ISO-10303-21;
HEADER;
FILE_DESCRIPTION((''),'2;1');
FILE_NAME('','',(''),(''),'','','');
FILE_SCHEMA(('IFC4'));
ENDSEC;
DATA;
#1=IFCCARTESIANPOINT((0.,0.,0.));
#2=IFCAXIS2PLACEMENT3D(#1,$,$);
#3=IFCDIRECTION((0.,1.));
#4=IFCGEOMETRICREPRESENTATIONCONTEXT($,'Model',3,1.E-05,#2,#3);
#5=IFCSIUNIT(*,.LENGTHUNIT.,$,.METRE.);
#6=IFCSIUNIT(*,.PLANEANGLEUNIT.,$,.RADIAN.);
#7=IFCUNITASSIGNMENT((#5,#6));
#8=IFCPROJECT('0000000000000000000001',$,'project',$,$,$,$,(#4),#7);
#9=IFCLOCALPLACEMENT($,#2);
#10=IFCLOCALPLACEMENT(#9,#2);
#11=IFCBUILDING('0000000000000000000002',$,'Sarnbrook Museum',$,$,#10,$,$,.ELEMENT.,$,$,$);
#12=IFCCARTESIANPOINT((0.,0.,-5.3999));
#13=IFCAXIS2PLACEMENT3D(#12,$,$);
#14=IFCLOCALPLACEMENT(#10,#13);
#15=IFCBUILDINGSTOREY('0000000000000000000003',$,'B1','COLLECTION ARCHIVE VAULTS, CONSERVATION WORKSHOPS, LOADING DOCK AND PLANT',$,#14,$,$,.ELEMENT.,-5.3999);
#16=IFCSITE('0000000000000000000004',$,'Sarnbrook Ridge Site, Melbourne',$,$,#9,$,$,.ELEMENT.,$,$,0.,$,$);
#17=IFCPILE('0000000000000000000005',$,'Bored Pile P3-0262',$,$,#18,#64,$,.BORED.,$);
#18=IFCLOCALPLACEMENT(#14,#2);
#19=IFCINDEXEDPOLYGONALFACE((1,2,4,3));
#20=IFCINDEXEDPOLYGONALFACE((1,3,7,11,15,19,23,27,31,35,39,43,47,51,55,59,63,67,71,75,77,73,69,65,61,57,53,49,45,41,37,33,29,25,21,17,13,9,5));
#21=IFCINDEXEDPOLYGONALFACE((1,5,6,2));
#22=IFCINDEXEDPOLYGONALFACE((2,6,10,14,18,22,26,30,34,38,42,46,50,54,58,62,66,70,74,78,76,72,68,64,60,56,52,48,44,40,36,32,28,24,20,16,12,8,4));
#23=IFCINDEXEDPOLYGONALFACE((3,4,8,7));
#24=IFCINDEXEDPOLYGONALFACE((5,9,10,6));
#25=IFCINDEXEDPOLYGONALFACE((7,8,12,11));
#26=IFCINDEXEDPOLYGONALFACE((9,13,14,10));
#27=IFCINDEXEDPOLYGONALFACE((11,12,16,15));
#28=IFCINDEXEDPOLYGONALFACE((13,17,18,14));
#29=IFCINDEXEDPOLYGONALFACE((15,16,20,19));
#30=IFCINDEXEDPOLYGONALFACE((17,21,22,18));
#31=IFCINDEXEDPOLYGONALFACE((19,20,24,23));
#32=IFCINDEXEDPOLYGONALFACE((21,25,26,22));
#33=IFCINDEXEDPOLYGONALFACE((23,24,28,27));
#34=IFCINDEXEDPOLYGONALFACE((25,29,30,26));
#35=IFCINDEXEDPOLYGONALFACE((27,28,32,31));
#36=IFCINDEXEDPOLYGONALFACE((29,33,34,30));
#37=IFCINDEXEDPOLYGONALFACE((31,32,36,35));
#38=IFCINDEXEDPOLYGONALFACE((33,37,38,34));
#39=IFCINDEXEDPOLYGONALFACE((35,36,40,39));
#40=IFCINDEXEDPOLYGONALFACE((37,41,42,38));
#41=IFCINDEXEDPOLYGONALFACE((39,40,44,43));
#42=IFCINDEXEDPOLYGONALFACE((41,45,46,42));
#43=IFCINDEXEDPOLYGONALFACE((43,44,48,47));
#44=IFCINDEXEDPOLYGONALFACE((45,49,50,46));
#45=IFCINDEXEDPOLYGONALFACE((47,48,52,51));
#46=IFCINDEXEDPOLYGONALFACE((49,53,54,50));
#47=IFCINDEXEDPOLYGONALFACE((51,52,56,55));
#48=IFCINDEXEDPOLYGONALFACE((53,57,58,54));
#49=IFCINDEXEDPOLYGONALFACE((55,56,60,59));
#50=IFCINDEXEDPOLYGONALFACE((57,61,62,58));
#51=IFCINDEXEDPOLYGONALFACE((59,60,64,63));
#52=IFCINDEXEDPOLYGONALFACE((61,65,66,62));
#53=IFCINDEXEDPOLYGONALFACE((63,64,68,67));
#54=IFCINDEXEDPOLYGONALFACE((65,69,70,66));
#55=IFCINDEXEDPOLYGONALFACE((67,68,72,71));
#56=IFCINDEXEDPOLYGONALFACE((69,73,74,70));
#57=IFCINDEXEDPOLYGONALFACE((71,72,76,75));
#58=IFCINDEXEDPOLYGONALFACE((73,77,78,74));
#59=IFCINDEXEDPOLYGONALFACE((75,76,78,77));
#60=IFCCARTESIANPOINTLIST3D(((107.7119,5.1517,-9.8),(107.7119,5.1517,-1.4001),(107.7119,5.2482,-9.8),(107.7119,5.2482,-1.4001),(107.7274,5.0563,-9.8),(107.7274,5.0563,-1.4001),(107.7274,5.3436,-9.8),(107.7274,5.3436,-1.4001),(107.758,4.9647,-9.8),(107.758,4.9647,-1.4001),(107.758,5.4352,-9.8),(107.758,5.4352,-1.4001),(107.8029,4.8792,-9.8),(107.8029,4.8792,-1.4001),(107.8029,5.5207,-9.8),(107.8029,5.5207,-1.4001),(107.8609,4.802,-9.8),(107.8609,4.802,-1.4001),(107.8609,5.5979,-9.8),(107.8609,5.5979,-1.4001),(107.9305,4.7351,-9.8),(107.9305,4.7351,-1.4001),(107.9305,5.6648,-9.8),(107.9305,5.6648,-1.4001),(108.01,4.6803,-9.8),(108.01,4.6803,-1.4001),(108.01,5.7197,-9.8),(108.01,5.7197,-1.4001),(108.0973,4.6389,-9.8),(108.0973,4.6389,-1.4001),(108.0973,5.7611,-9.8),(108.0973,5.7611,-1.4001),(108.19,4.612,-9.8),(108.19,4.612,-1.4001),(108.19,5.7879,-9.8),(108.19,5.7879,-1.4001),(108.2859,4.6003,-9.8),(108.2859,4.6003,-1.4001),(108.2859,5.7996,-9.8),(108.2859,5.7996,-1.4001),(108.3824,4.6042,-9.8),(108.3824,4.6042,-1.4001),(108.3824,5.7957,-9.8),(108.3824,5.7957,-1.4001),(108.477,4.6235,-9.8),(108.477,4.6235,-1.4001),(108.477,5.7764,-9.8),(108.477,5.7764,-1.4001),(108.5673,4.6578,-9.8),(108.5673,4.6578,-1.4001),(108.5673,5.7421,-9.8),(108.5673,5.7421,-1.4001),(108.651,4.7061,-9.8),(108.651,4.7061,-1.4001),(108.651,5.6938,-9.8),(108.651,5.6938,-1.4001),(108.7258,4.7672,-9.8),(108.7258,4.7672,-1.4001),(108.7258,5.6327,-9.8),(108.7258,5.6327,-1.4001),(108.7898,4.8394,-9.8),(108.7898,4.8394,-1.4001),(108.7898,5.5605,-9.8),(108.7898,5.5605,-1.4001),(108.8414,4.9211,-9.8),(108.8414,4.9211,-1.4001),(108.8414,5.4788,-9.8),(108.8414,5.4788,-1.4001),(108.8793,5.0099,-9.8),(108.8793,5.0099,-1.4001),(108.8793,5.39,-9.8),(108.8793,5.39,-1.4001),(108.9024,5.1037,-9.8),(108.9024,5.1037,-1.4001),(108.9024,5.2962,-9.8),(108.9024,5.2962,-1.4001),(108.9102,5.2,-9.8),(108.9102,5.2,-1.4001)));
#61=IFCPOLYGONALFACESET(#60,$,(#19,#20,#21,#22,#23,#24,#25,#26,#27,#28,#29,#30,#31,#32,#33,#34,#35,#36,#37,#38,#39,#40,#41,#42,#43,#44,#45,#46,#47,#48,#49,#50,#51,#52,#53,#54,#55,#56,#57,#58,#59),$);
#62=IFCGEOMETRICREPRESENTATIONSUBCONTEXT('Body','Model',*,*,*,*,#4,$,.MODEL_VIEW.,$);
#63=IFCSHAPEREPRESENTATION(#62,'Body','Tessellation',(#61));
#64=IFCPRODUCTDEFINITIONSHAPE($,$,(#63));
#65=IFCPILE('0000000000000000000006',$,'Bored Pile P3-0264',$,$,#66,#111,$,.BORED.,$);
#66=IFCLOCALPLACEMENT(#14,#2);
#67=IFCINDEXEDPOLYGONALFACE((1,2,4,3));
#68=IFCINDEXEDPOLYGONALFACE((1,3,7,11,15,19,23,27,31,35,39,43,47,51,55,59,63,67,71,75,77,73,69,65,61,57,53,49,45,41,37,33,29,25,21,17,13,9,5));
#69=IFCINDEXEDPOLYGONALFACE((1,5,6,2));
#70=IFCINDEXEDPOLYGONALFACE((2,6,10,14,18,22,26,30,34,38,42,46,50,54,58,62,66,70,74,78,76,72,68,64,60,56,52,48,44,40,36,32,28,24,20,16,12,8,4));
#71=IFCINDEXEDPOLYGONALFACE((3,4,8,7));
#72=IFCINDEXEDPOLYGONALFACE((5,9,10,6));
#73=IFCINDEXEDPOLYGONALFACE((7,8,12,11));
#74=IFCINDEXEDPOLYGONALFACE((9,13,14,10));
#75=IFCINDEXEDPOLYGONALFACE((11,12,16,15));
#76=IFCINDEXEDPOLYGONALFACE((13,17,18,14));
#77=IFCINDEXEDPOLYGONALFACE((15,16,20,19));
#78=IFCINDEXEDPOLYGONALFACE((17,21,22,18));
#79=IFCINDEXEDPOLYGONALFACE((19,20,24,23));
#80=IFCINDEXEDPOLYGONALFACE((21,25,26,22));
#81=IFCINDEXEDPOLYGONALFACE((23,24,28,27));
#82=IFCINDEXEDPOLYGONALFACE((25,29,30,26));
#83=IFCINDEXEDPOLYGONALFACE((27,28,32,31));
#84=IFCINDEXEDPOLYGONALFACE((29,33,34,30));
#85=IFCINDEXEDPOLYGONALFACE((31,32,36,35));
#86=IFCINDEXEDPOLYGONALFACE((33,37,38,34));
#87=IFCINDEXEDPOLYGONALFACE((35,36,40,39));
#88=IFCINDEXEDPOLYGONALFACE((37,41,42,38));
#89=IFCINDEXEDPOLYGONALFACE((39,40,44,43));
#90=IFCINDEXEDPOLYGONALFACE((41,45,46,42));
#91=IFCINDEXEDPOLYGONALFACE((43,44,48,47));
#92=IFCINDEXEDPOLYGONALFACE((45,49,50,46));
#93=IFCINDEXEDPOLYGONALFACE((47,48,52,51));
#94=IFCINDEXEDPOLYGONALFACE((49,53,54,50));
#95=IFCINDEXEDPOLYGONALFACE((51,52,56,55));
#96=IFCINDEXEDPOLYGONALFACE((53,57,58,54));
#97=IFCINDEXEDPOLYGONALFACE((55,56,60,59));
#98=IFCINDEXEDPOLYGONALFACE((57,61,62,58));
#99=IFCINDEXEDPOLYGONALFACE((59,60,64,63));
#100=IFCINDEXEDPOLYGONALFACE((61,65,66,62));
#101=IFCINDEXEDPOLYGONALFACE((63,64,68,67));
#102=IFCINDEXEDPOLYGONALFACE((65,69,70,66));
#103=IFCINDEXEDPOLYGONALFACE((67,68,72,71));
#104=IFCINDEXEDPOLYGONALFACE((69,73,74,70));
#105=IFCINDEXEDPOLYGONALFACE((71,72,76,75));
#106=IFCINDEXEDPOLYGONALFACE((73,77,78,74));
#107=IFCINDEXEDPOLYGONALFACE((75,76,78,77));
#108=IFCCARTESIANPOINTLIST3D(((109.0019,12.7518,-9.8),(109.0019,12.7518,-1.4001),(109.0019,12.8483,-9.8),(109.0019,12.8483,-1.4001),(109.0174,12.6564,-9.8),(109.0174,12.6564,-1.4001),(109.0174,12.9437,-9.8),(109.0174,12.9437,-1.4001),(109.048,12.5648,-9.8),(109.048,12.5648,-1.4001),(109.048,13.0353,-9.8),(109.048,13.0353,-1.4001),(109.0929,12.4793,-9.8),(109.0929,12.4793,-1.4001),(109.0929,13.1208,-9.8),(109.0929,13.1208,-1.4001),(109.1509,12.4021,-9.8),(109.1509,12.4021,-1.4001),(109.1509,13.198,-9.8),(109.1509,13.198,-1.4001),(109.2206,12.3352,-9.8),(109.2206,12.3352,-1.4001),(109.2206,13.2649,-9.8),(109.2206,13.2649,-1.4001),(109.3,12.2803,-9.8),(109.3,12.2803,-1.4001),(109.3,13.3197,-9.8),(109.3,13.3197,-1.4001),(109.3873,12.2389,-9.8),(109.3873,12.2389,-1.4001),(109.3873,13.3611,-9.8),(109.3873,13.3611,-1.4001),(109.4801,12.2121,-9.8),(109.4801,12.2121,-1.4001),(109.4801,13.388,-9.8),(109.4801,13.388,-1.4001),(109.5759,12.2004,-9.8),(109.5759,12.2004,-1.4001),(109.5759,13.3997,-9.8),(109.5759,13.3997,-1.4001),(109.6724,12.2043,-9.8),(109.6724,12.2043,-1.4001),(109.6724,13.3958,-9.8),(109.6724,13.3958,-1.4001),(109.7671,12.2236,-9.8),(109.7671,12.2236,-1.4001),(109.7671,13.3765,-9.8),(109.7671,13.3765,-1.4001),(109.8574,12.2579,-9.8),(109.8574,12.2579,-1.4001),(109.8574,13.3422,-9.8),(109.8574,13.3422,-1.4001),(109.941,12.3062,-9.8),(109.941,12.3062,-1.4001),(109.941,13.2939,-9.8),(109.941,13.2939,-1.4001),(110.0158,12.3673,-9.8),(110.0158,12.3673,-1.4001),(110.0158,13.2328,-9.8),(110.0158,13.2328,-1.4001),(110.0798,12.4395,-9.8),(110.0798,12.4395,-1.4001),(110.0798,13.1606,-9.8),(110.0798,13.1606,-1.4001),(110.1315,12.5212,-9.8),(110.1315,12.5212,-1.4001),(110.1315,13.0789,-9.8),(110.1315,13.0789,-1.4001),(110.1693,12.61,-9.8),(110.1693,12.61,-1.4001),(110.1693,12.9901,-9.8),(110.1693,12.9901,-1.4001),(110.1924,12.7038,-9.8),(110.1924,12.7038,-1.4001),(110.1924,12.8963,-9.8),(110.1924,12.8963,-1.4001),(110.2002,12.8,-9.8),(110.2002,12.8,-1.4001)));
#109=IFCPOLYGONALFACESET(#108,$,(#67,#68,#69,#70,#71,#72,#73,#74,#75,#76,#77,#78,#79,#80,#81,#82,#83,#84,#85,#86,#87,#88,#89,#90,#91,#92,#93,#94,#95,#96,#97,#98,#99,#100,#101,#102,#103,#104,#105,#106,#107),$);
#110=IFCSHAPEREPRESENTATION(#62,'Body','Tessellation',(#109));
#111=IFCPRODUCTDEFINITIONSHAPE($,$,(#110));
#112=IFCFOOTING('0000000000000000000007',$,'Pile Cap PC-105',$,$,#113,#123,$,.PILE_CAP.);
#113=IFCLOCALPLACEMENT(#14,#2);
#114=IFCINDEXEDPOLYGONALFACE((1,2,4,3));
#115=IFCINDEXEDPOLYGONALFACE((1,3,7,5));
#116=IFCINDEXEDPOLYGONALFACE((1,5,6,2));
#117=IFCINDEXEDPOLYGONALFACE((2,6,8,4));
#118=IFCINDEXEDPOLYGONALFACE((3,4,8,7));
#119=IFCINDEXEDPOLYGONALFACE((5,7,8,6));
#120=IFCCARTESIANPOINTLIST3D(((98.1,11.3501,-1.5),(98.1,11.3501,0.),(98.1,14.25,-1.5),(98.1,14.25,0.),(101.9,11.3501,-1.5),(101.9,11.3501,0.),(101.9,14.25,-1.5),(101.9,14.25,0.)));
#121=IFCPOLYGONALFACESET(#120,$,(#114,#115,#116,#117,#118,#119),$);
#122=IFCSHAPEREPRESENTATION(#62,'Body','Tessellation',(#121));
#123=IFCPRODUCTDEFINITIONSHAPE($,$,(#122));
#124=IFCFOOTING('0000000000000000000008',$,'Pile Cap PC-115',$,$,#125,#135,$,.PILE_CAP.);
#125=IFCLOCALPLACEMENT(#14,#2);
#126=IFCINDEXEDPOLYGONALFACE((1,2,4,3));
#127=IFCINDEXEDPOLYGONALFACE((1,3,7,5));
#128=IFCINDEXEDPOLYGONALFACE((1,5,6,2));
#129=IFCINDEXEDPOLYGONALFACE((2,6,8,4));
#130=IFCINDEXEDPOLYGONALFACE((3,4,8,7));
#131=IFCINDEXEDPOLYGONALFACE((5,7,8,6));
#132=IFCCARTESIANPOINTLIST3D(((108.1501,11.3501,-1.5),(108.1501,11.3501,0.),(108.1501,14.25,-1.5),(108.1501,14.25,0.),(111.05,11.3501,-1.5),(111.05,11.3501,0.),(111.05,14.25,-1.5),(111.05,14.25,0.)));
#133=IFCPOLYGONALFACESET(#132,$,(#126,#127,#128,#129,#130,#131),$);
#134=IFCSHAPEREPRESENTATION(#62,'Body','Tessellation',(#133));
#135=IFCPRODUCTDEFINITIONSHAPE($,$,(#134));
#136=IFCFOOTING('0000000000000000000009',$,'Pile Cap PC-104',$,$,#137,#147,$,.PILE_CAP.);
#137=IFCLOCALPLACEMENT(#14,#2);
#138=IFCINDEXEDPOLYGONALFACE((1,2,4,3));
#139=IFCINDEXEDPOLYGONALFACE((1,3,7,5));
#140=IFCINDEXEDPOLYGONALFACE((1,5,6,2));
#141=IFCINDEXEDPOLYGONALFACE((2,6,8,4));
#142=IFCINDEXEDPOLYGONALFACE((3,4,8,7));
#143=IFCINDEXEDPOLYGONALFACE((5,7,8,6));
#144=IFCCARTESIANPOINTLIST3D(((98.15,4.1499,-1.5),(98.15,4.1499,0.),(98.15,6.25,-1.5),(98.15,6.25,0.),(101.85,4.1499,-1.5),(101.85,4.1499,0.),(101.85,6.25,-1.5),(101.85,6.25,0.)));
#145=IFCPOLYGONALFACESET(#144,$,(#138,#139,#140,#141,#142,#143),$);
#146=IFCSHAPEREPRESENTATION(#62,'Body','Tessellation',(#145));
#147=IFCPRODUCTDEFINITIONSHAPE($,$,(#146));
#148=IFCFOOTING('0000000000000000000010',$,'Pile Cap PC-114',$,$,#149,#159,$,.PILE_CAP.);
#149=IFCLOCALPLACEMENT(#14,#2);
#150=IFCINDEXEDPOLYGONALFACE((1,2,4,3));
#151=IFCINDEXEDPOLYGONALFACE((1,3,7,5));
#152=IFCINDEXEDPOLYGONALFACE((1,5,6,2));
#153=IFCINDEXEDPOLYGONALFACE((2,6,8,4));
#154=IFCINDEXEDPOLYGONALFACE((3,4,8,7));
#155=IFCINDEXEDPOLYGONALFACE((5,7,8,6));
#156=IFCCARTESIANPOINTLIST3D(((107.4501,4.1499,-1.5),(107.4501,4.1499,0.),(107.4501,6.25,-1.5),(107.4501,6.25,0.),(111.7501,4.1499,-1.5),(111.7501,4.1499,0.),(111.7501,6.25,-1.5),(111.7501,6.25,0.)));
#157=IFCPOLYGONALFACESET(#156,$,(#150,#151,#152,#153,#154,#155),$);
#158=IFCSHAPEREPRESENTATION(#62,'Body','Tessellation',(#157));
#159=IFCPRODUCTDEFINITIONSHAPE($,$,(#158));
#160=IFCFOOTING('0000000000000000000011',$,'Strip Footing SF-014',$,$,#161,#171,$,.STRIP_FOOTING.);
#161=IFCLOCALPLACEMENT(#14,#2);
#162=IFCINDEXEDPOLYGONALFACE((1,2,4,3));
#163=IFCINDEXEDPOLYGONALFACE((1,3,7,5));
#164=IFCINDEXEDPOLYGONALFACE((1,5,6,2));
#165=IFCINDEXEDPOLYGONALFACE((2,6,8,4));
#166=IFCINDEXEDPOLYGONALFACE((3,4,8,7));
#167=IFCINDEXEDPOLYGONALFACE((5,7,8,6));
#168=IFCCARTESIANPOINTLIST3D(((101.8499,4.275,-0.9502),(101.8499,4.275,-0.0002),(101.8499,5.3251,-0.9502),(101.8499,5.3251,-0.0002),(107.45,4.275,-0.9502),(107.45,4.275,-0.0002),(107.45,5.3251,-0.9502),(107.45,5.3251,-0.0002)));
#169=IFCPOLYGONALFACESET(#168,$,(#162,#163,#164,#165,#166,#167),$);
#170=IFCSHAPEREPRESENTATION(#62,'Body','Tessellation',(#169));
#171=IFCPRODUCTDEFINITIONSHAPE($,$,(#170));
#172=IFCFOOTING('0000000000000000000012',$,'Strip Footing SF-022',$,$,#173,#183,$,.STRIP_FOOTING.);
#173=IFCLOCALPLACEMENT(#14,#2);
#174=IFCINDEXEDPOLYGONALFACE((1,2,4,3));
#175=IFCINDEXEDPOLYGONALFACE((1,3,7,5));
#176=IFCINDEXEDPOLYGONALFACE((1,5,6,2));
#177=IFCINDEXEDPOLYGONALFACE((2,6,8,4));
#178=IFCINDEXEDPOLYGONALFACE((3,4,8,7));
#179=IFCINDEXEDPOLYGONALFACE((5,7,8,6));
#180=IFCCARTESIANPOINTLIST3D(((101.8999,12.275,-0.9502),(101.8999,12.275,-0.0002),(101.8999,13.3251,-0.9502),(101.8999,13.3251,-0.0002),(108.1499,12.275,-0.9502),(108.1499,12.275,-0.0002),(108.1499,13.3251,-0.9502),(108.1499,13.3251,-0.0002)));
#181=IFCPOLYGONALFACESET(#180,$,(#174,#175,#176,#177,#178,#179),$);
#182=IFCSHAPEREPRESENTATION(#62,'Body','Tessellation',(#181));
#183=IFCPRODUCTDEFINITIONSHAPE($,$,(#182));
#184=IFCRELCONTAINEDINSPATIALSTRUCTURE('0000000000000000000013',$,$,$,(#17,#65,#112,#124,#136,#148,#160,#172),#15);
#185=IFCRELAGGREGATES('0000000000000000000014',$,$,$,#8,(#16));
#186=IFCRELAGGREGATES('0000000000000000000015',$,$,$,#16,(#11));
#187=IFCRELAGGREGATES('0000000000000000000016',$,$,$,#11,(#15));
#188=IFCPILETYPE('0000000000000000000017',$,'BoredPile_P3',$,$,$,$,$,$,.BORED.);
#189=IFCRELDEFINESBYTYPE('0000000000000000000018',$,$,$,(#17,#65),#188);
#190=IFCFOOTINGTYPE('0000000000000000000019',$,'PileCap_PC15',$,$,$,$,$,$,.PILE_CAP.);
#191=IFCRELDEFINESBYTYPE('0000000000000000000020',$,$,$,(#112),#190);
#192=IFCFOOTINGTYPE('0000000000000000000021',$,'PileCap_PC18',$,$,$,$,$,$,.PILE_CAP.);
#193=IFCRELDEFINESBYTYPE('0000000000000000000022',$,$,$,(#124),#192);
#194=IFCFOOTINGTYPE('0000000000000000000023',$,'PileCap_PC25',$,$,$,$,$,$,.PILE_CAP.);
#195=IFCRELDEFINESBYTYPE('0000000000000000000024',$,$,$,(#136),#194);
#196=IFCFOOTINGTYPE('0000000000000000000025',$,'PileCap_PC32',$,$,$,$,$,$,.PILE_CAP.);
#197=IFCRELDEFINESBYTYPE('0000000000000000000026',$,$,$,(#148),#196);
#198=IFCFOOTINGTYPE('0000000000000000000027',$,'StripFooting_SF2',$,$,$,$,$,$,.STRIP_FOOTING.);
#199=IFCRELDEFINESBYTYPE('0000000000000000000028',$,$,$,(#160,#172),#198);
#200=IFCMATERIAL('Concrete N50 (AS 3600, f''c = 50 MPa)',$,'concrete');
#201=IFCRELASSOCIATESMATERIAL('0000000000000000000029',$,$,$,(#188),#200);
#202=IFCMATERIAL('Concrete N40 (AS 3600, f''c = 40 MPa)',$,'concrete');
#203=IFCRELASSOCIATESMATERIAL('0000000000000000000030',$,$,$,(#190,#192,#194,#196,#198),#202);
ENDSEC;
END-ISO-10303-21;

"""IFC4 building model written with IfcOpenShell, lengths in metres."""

from ifc_helpers import new_model, si_unit, direction, frame, origin, origin_2d, place, context, subcontext, project, spatial, rectangle, circle, extrude, material, material_profile, profile_set, type_object, element, save


model = new_model("IFC4")

# Units and contexts
model_context = context("Model", 3, precision=1e-05, world=origin(), true_north=direction((0.0, 1.0)))
body_context = subcontext(model_context, "Body", "Model", "MODEL_VIEW")
ifc_project = project(units=[si_unit("LENGTHUNIT", "METRE"), si_unit("PLANEANGLEUNIT", "RADIAN")], contexts=[model_context])

# Site, building, storey
site_placement = place(None, origin())
site = spatial("IfcSite", under=ifc_project, at=site_placement, Name="Sarnbrook Ridge Site, Melbourne", CompositionType="ELEMENT", RefElevation=0.0)
building_placement = place(site_placement, origin())
building = spatial("IfcBuilding", under=site, at=building_placement, Name="Sarnbrook Museum", CompositionType="ELEMENT")
storey_placement = place(building_placement, frame((0.0, 0.0, -5.3999)))
storey = spatial("IfcBuildingStorey", under=building, at=storey_placement, Name="B1", Description="COLLECTION ARCHIVE VAULTS, CONSERVATION WORKSHOPS, LOADING DOCK AND PLANT", CompositionType="ELEMENT", Elevation=-5.3999)

# Piles
ifc_material_1 = material(Name="Concrete N50 (AS 3600, f'c = 50 MPa)", Category="concrete")
ifc_material_profile_1 = material_profile(ifc_material_1, circle(Radius=0.6001, at=origin_2d()), Name="BORED PILE D1200")
ifc_profile_set_1 = profile_set([ifc_material_profile_1], Name="Concrete N50 (AS 3600, f'c = 50 MPa)")
pile_type_1 = type_object("IfcPileType", Name="BoredPile_P3", PredefinedType="BORED", material=ifc_profile_set_1)
for number, where, z_axis, x_axis, name in (
    (1, (108.3101, 5.2, -1.4001), (0.0, 0.0, -1.0), (1.0, 0.0, 0.0), "Bored Pile P3-0262"),
    (2, (109.6001, 12.8, -1.4001), (0.0, 0.0, -1.0), (1.0, 0.0, 0.0), "Bored Pile P3-0264"),
):
    element("IfcPile", number, at=place(storey_placement, frame(where, z_axis=z_axis, x_axis=x_axis)), inside=storey, type_object=pile_type_1, Name=name, PredefinedType="BORED", context=body_context, shape_type="SweptSolid", body=[
        extrude(circle(Radius=0.6001, at=origin_2d()), origin(), (0.0, 0.0, 1.0), 8.3999),
    ])

# Footings
ifc_material_2 = material(Name="Concrete N40 (AS 3600, f'c = 40 MPa)", Category="concrete")
footing_type_1 = type_object("IfcFootingType", Name="PileCap_PC15", PredefinedType="PILE_CAP", material=ifc_material_2)
footing_1_placement = place(storey_placement, frame((100.0, 12.8, -1.5), z_axis=(0.0, 0.0, 1.0), x_axis=(1.0, 0.0, 0.0)))
element("IfcFooting", 3, at=footing_1_placement, inside=storey, type_object=footing_type_1, Name="Pile Cap PC-105", PredefinedType="PILE_CAP", context=body_context, shape_type="SweptSolid", body=[
    extrude(rectangle(XDim=3.8, YDim=2.8999, at=origin_2d()), origin(), (0.0, 0.0, 1.0), 1.5),
])
footing_type_2 = type_object("IfcFootingType", Name="PileCap_PC18", PredefinedType="PILE_CAP", material=ifc_material_2)
footing_2_placement = place(storey_placement, frame((109.6001, 12.8, -1.5), z_axis=(0.0, 0.0, 1.0), x_axis=(1.0, 0.0, 0.0)))
element("IfcFooting", 4, at=footing_2_placement, inside=storey, type_object=footing_type_2, Name="Pile Cap PC-115", PredefinedType="PILE_CAP", context=body_context, shape_type="SweptSolid", body=[
    extrude(rectangle(XDim=2.8999, YDim=2.8999, at=origin_2d()), origin(), (0.0, 0.0, 1.0), 1.5),
])
footing_type_3 = type_object("IfcFootingType", Name="PileCap_PC25", PredefinedType="PILE_CAP", material=ifc_material_2)
footing_3_placement = place(storey_placement, frame((100.0, 5.2, -1.5), z_axis=(0.0, 0.0, 1.0), x_axis=(1.0, 0.0, 0.0)))
element("IfcFooting", 5, at=footing_3_placement, inside=storey, type_object=footing_type_3, Name="Pile Cap PC-104", PredefinedType="PILE_CAP", context=body_context, shape_type="SweptSolid", body=[
    extrude(rectangle(XDim=3.7, YDim=2.1001, at=origin_2d()), origin(), (0.0, 0.0, 1.0), 1.5),
])
footing_type_4 = type_object("IfcFootingType", Name="PileCap_PC32", PredefinedType="PILE_CAP", material=ifc_material_2)
footing_4_placement = place(storey_placement, frame((109.6001, 5.2, -1.5), z_axis=(0.0, 0.0, 1.0), x_axis=(1.0, 0.0, 0.0)))
element("IfcFooting", 6, at=footing_4_placement, inside=storey, type_object=footing_type_4, Name="Pile Cap PC-114", PredefinedType="PILE_CAP", context=body_context, shape_type="SweptSolid", body=[
    extrude(rectangle(XDim=4.3, YDim=2.1001, at=origin_2d()), origin(), (0.0, 0.0, 1.0), 1.5),
])
footing_type_5 = type_object("IfcFootingType", Name="StripFooting_SF2", PredefinedType="STRIP_FOOTING", material=ifc_material_2)
footing_5_placement = place(storey_placement, frame((104.6499, 4.8, -0.9502), z_axis=(0.0, 0.0, 1.0), x_axis=(1.0, 0.0, 0.0)))
element("IfcFooting", 7, at=footing_5_placement, inside=storey, type_object=footing_type_5, Name="Strip Footing SF-014", PredefinedType="STRIP_FOOTING", context=body_context, shape_type="SweptSolid", body=[
    extrude(rectangle(XDim=5.6001, YDim=1.05, at=origin_2d()), origin(), (0.0, 0.0, 1.0), 0.95),
])
footing_6_placement = place(storey_placement, frame((105.0249, 12.8, -0.9502), z_axis=(0.0, 0.0, 1.0), x_axis=(1.0, 0.0, 0.0)))
element("IfcFooting", 8, at=footing_6_placement, inside=storey, type_object=footing_type_5, Name="Strip Footing SF-022", PredefinedType="STRIP_FOOTING", context=body_context, shape_type="SweptSolid", body=[
    extrude(rectangle(XDim=6.25, YDim=1.05, at=origin_2d()), origin(), (0.0, 0.0, 1.0), 0.95),
])

save(model, "model.ifc")
